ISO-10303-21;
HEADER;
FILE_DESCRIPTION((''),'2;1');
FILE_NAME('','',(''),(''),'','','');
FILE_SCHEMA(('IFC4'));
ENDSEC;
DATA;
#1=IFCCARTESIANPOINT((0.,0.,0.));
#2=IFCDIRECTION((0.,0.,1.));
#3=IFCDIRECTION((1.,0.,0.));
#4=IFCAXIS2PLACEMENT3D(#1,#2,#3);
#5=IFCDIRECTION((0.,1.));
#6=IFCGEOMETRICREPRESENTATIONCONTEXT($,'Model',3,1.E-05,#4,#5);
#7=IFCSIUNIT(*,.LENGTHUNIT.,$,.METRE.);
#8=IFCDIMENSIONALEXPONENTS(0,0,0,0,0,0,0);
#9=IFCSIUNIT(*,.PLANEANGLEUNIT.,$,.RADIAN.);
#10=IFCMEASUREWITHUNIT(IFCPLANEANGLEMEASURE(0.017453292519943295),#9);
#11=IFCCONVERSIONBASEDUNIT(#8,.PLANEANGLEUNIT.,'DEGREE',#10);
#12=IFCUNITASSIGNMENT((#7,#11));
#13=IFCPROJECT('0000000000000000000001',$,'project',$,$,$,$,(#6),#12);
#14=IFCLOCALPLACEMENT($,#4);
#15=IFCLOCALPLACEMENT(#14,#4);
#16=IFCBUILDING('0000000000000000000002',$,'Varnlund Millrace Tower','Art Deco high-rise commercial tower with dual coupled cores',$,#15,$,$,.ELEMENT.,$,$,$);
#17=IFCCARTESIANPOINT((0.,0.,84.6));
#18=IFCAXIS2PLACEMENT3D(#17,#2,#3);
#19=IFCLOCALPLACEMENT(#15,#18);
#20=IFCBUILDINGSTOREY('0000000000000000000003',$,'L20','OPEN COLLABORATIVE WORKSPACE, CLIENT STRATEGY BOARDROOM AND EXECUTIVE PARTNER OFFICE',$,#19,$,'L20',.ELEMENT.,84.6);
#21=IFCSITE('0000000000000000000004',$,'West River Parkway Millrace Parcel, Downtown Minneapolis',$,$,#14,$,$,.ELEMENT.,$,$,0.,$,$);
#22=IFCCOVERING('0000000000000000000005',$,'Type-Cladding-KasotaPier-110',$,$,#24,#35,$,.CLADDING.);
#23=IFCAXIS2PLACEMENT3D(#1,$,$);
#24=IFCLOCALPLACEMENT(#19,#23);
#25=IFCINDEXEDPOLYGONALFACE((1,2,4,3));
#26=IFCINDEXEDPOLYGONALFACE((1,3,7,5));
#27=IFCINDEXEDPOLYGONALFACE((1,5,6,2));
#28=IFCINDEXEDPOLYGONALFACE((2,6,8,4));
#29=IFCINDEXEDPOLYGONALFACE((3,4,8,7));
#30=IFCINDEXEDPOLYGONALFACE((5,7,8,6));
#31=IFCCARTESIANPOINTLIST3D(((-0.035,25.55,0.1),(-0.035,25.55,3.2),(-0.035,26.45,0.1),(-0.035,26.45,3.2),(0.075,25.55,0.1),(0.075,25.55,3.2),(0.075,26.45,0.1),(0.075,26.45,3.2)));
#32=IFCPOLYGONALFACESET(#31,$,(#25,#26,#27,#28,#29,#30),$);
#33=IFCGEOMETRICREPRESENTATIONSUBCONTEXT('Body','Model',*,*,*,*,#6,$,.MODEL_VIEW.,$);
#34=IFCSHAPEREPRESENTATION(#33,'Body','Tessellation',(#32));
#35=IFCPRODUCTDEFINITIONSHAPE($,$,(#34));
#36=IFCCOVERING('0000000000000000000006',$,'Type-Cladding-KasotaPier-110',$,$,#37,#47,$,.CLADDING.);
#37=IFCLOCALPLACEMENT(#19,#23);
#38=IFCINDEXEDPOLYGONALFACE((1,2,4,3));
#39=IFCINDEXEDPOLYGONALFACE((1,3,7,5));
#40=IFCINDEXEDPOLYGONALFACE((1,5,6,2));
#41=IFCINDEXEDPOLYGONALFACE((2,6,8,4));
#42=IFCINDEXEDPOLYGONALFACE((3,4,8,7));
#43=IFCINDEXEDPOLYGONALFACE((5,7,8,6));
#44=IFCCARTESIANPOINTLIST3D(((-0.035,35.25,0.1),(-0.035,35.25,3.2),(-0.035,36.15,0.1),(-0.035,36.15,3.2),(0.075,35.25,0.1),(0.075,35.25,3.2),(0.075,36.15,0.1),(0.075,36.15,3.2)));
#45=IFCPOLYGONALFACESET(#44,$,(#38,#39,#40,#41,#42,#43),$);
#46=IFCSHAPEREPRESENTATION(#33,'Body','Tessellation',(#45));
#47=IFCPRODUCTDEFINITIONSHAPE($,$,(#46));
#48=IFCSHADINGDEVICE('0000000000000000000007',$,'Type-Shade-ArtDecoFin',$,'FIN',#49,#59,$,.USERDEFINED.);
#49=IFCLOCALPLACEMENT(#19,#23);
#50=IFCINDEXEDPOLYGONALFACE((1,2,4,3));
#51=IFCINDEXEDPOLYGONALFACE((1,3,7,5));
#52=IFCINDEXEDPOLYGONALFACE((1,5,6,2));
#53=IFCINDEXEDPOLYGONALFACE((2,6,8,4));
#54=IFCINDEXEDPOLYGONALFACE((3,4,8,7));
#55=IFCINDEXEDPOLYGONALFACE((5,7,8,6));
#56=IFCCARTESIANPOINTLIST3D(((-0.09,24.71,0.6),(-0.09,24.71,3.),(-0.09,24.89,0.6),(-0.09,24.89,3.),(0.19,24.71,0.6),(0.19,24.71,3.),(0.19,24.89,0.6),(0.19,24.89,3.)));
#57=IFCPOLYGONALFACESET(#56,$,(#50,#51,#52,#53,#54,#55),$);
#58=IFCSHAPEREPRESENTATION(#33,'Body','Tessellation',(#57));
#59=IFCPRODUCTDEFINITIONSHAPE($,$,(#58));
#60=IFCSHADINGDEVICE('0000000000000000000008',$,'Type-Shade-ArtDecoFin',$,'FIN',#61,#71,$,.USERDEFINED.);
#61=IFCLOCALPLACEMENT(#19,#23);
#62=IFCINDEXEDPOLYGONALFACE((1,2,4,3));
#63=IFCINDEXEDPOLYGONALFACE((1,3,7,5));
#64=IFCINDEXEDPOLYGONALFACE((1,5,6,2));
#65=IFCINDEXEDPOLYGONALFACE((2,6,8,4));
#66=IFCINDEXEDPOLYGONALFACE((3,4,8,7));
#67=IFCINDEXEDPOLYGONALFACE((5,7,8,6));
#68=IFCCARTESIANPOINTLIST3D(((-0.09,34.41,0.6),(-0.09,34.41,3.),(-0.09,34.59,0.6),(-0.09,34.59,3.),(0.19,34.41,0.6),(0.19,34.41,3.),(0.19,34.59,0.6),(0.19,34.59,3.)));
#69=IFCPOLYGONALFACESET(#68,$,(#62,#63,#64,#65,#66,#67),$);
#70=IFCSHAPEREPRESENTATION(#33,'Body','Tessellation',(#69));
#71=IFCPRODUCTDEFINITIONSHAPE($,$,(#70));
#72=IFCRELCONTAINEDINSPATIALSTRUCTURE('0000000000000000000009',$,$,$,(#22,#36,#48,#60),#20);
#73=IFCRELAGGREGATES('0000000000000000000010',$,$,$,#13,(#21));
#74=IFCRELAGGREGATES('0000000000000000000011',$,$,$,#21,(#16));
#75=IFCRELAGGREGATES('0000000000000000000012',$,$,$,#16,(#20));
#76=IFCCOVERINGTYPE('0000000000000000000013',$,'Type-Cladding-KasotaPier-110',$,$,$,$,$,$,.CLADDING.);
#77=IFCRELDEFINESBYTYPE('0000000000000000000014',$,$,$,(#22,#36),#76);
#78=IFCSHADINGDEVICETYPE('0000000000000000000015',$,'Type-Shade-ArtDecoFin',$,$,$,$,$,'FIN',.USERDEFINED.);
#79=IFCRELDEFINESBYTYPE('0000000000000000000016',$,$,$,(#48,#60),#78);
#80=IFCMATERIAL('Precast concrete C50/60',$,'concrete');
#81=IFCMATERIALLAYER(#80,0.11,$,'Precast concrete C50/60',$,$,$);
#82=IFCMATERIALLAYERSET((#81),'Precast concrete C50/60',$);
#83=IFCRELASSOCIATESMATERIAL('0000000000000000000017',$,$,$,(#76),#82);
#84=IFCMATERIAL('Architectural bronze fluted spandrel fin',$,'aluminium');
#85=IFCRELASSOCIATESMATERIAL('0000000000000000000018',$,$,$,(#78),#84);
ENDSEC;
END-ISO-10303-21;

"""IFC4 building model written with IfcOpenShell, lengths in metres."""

from ifc_helpers import new_model, entity, si_unit, converted_unit, direction, frame, origin_with_axes, origin_2d_with_axis, place, context, subcontext, project, spatial, rectangle, extrude, material, layer, layer_set, type_object, element, save


model = new_model("IFC4")

# Units and contexts
model_context = context("Model", 3, precision=1e-05, world=origin_with_axes(), true_north=direction((0.0, 1.0)))
body_context = subcontext(model_context, "Body", "Model", "MODEL_VIEW")
ifc_project = project(units=[si_unit("LENGTHUNIT", "METRE"), converted_unit("PLANEANGLEUNIT", "DEGREE", entity("IfcPlaneAngleMeasure", 0.017453292519943295), si_unit("PLANEANGLEUNIT", "RADIAN"), dimensions=[0, 0, 0, 0, 0, 0, 0])], contexts=[model_context])

# Site, building, storey
site_placement = place(None, origin_with_axes())
site = spatial("IfcSite", under=ifc_project, at=site_placement, Name="West River Parkway Millrace Parcel, Downtown Minneapolis", CompositionType="ELEMENT", RefElevation=0.0)
building_placement = place(site_placement, origin_with_axes())
building = spatial("IfcBuilding", under=site, at=building_placement, Name="Varnlund Millrace Tower", Description="Art Deco high-rise commercial tower with dual coupled cores", CompositionType="ELEMENT")
storey_placement = place(building_placement, frame((0.0, 0.0, 84.6), z_axis=(0.0, 0.0, 1.0), x_axis=(1.0, 0.0, 0.0)))
storey = spatial("IfcBuildingStorey", under=building, at=storey_placement, Name="L20", Description="OPEN COLLABORATIVE WORKSPACE, CLIENT STRATEGY BOARDROOM AND EXECUTIVE PARTNER OFFICE", LongName="L20", CompositionType="ELEMENT", Elevation=84.6)

# Shared definitions
ifc_material_1 = material(Name="Precast concrete C50/60", Category="concrete")

# Coverings
ifc_layer_1 = layer(ifc_material_1, 0.11, Name="Precast concrete C50/60")
ifc_layer_set_1 = layer_set([ifc_layer_1], Name="Precast concrete C50/60")
covering_type = type_object("IfcCoveringType", Name="Type-Cladding-KasotaPier-110", PredefinedType="CLADDING", material=ifc_layer_set_1)
for number, where, z_axis, x_axis, name in (
    (1, (0.02, 26.0, 0.1), (0.0, 0.0, 1.0), (1.0, 0.0, 0.0), "Type-Cladding-KasotaPier-110"),
    (2, (0.02, 35.7, 0.1), (0.0, 0.0, 1.0), (1.0, 0.0, 0.0), "Type-Cladding-KasotaPier-110"),
):
    element("IfcCovering", number, at=place(storey_placement, frame(where, z_axis=z_axis, x_axis=x_axis)), inside=storey, type_object=covering_type, Name=name, PredefinedType="CLADDING", context=body_context, shape_type="SweptSolid", body=[
        extrude(rectangle(XDim=0.11, YDim=0.9, at=origin_2d_with_axis()), origin_with_axes(), (0.0, 0.0, 1.0), 3.1),
    ])

# Shading devices
ifc_material_2 = material(Name="Architectural bronze fluted spandrel fin", Category="aluminium")
shading_device_type = type_object("IfcShadingDeviceType", Name="Type-Shade-ArtDecoFin", ElementType="FIN", PredefinedType="USERDEFINED", material=ifc_material_2)
for number, where, z_axis, x_axis, name in (
    (3, (0.05, 24.8, 0.6), (0.0, 0.0, 1.0), (1.0, 0.0, 0.0), "Type-Shade-ArtDecoFin"),
    (4, (0.05, 34.5, 0.6), (0.0, 0.0, 1.0), (1.0, 0.0, 0.0), "Type-Shade-ArtDecoFin"),
):
    element("IfcShadingDevice", number, at=place(storey_placement, frame(where, z_axis=z_axis, x_axis=x_axis)), inside=storey, type_object=shading_device_type, Name=name, ObjectType="FIN", PredefinedType="USERDEFINED", context=body_context, shape_type="SweptSolid", body=[
        extrude(rectangle(XDim=0.28, YDim=0.18, at=origin_2d_with_axis()), origin_with_axes(), (0.0, 0.0, 1.0), 2.4),
    ])

save(model, "model.ifc")
